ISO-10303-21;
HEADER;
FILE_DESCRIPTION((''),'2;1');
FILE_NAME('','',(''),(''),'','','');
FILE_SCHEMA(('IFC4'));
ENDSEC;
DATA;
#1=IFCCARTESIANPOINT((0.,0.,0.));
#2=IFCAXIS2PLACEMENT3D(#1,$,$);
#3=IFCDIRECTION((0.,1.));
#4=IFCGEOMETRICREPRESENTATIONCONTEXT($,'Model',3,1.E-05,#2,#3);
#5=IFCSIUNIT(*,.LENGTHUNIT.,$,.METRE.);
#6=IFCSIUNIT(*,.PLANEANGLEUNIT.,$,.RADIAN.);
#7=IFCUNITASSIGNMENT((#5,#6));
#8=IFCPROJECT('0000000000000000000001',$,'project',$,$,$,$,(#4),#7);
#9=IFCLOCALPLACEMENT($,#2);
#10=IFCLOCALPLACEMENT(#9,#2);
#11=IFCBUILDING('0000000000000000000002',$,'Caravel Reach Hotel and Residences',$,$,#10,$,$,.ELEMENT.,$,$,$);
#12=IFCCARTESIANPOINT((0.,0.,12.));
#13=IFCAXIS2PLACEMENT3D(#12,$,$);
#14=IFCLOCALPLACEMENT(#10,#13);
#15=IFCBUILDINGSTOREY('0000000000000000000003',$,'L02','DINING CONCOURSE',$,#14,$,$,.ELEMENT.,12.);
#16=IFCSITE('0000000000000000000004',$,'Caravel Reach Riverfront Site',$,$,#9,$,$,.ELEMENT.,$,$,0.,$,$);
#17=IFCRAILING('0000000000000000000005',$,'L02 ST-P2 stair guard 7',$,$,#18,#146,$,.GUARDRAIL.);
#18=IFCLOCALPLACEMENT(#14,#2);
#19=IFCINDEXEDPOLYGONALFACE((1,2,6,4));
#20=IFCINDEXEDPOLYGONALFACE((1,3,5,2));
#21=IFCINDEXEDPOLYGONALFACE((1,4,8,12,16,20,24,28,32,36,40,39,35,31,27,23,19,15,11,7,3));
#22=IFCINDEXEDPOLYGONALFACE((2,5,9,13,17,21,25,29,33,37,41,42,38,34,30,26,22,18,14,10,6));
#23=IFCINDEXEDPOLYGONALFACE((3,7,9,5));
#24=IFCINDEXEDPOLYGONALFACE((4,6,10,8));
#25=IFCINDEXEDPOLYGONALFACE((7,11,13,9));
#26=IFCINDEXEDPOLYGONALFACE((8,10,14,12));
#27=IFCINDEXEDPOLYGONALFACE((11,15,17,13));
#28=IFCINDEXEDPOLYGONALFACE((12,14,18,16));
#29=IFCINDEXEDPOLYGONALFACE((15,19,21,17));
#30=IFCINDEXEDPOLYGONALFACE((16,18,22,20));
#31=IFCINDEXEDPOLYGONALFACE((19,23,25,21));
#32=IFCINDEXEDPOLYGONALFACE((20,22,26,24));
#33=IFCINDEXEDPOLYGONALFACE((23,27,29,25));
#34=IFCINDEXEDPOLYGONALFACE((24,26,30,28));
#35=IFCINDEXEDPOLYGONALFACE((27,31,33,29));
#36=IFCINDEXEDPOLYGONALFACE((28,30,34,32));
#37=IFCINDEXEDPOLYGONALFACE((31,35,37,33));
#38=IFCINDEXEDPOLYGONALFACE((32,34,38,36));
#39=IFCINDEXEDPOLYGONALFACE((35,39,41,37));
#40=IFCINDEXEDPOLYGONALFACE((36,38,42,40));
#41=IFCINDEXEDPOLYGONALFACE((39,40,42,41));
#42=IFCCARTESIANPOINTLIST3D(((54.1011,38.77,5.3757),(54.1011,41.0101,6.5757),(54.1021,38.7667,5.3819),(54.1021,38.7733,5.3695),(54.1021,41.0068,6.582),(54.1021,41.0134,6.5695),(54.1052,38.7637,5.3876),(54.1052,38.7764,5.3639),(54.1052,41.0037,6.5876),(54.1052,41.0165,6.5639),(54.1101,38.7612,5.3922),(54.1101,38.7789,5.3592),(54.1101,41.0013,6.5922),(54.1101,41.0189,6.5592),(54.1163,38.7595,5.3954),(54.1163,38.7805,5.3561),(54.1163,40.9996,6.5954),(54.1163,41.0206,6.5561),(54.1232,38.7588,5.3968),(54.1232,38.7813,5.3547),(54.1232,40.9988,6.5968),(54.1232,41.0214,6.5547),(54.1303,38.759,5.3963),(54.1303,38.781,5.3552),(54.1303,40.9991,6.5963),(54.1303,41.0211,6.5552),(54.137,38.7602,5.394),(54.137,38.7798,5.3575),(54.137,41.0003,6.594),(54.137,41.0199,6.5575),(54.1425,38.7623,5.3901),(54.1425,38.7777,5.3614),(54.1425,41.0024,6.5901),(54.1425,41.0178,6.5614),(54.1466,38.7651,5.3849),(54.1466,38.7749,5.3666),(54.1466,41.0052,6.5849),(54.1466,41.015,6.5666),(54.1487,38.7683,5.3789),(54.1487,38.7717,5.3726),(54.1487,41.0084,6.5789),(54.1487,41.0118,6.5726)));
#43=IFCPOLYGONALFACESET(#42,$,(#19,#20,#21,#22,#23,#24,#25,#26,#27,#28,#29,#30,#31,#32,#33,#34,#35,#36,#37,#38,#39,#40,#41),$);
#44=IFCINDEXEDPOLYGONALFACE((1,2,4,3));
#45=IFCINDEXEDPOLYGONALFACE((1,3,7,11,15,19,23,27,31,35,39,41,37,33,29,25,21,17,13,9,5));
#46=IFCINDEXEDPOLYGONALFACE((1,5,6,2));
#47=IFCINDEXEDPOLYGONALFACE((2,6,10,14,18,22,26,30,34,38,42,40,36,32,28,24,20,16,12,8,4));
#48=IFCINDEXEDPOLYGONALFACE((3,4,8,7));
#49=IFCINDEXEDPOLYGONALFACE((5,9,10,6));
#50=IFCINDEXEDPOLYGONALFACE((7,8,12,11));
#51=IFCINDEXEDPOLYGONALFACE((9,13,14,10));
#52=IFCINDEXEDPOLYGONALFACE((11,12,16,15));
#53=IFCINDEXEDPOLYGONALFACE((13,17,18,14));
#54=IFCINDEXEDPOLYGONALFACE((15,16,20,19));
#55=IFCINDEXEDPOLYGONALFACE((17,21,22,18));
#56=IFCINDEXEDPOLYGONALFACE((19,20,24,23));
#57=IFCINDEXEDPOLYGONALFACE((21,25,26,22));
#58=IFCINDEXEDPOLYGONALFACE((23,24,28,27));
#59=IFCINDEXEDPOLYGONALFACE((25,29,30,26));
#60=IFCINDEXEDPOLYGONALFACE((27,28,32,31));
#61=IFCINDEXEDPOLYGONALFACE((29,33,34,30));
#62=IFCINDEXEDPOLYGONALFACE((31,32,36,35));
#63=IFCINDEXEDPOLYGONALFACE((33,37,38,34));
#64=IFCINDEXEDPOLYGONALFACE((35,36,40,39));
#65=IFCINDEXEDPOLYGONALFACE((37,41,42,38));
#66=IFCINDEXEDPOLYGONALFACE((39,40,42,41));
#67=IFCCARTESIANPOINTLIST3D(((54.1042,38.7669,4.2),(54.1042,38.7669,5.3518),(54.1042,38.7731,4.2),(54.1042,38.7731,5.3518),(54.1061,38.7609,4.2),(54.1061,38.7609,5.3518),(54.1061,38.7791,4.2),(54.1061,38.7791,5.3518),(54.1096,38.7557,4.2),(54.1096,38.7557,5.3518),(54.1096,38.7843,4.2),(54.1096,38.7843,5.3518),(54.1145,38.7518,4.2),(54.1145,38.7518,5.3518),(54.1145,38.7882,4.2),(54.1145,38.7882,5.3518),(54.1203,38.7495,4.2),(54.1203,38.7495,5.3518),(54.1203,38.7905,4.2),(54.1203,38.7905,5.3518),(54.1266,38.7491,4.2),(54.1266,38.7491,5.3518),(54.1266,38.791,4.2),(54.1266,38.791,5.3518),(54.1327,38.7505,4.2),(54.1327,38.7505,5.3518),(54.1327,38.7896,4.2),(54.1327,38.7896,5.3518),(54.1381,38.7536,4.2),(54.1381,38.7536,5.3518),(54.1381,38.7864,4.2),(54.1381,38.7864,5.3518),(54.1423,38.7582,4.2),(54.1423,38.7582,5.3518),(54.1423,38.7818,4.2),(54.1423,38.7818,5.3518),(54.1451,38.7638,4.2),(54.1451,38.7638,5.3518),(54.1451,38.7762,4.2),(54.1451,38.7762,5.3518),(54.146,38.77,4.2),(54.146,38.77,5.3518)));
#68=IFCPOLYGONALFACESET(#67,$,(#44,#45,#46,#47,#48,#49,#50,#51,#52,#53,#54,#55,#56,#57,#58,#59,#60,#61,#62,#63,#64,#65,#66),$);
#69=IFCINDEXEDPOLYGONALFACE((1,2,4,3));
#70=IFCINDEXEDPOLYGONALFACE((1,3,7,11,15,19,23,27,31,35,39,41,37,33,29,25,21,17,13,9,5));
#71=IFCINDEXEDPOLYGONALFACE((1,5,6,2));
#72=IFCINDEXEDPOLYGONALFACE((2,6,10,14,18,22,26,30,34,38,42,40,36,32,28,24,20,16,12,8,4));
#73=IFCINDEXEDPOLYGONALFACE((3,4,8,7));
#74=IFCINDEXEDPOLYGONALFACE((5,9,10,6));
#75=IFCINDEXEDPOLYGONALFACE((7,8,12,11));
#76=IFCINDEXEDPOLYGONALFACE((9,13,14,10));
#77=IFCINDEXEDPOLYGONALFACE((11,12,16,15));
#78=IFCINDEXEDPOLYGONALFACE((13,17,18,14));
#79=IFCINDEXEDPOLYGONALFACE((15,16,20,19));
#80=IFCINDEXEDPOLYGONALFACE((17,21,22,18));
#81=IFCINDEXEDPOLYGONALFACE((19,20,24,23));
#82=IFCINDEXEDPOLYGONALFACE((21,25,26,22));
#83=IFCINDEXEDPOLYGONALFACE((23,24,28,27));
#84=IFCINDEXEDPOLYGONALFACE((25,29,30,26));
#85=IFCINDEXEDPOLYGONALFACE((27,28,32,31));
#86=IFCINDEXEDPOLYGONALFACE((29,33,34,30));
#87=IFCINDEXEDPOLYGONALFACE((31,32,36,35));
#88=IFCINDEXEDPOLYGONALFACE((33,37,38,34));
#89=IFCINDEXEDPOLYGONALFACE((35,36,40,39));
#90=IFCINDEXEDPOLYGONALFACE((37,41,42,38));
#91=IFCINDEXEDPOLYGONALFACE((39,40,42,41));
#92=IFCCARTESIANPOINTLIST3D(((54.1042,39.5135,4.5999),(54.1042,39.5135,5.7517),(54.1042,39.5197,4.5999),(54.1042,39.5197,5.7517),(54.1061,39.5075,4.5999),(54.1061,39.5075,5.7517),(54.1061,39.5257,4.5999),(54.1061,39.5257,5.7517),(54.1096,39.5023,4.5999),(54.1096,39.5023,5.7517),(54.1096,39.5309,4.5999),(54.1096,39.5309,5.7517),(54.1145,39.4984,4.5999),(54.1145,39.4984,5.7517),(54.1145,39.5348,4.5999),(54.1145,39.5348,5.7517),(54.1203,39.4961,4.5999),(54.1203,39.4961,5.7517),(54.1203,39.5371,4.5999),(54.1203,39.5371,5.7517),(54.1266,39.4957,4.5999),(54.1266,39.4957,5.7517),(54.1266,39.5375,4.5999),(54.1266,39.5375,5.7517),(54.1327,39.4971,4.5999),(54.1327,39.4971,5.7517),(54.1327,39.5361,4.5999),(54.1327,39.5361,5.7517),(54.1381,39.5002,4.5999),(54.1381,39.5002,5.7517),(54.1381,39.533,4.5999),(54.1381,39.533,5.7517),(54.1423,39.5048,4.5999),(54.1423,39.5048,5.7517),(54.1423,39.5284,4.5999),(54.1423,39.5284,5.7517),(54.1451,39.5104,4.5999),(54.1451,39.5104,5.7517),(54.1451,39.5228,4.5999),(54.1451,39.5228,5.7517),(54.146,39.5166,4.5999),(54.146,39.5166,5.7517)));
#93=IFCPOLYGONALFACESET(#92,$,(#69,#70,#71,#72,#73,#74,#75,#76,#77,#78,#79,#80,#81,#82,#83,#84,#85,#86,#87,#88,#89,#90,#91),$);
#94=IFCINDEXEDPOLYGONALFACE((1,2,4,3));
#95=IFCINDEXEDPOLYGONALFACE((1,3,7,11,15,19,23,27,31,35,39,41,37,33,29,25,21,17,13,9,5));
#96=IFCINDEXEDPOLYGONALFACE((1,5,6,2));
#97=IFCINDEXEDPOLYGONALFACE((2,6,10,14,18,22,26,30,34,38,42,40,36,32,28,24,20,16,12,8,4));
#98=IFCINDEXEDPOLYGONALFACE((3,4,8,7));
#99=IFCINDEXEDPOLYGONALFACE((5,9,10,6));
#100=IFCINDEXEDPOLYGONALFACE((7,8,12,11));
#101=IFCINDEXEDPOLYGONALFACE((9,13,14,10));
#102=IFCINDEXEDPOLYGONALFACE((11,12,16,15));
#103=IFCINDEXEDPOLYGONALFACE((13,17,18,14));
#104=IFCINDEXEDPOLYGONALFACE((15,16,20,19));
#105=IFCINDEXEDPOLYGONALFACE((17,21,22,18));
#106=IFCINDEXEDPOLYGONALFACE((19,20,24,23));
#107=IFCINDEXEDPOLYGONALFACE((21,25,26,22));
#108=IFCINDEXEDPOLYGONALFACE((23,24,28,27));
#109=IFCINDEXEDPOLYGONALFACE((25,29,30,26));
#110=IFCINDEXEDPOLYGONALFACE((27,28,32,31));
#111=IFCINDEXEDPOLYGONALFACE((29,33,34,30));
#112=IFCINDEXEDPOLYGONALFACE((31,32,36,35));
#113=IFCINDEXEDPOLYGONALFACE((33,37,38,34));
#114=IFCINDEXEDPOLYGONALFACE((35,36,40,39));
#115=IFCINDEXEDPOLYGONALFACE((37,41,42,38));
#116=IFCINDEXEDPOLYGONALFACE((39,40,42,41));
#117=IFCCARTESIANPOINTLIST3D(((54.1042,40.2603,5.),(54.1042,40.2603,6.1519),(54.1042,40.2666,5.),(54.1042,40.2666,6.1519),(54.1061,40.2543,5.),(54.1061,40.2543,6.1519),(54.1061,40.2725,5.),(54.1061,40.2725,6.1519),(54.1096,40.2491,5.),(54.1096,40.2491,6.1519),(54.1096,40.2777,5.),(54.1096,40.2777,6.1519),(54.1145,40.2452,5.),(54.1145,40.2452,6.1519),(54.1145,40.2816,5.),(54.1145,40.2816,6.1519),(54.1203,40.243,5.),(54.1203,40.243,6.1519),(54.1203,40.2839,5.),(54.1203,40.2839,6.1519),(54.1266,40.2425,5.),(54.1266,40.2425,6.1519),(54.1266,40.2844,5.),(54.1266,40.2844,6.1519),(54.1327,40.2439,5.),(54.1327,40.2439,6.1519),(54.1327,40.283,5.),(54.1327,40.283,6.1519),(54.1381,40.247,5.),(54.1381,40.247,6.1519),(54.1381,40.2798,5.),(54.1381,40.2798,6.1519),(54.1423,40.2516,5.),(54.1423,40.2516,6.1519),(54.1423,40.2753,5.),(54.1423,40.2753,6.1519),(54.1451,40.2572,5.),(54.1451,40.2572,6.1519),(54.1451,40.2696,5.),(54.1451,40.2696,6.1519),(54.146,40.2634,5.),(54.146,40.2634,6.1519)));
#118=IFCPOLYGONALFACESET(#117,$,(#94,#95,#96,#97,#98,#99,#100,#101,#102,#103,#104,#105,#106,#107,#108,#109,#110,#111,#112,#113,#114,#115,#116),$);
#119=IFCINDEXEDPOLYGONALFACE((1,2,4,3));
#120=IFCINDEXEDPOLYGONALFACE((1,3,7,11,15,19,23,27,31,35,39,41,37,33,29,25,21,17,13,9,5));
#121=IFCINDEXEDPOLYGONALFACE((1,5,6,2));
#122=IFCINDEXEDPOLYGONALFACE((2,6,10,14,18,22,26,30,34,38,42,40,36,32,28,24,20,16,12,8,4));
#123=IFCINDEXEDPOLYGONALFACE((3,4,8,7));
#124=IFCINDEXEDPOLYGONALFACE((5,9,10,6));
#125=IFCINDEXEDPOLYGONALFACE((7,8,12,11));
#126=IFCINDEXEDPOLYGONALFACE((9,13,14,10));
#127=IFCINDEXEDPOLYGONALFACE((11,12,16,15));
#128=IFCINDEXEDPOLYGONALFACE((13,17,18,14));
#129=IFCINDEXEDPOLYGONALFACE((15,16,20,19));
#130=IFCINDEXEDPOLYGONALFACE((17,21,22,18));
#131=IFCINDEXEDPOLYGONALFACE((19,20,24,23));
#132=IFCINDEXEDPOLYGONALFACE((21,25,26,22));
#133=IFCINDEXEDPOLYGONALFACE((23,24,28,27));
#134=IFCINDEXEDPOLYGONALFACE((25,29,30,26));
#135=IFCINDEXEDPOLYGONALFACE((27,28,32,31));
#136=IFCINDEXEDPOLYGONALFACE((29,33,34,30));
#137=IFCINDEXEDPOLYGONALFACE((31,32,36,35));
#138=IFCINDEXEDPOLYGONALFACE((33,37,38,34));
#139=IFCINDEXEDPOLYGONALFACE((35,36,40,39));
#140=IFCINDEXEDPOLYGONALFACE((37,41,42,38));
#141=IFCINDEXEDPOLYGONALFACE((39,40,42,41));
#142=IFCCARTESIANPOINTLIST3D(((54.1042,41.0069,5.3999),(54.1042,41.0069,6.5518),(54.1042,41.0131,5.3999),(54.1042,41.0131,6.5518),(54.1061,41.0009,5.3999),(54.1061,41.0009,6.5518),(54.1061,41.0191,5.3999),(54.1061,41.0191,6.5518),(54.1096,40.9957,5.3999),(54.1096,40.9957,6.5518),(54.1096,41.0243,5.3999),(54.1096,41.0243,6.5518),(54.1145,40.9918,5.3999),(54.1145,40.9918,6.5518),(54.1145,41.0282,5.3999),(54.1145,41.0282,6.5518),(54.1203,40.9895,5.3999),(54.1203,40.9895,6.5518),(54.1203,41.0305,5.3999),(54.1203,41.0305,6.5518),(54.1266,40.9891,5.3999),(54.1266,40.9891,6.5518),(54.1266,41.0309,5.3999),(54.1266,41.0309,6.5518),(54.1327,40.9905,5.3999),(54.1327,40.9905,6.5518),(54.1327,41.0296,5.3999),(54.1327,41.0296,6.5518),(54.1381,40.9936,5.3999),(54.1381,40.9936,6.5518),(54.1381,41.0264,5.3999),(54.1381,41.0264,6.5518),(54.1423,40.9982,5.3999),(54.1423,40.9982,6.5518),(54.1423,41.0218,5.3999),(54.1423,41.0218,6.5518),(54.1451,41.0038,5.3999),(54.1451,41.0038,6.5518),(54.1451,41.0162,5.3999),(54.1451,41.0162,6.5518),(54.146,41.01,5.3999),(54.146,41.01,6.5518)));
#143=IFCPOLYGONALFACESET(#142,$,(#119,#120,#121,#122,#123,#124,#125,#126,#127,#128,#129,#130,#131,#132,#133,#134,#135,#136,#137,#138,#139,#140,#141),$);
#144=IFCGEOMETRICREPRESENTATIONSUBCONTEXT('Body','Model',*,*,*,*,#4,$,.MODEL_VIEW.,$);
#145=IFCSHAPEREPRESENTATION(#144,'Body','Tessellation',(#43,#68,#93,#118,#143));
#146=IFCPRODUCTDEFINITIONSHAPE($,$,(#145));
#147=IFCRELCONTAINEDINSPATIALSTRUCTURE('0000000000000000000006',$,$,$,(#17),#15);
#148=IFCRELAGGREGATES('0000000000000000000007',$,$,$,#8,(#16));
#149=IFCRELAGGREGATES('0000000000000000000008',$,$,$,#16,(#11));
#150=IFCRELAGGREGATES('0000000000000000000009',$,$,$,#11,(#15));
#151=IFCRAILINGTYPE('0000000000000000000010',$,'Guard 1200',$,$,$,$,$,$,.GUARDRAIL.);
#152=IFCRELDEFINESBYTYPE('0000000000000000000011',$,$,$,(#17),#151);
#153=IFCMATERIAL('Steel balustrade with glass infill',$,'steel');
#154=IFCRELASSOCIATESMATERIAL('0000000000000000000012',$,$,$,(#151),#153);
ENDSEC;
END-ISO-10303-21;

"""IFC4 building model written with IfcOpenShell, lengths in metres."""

from ifc_helpers import new_model, si_unit, direction, frame, origin, origin_2d, place, context, subcontext, project, spatial, circle, extrude, material, type_object, element, save


model = new_model("IFC4")

# Units and contexts
model_context = context("Model", 3, precision=1e-05, world=origin(), true_north=direction((0.0, 1.0)))
body_context = subcontext(model_context, "Body", "Model", "MODEL_VIEW")
ifc_project = project(units=[si_unit("LENGTHUNIT", "METRE"), si_unit("PLANEANGLEUNIT", "RADIAN")], contexts=[model_context])

# Site, building, storey
site_placement = place(None, origin())
site = spatial("IfcSite", under=ifc_project, at=site_placement, Name="Caravel Reach Riverfront Site", CompositionType="ELEMENT", RefElevation=0.0)
building_placement = place(site_placement, origin())
building = spatial("IfcBuilding", under=site, at=building_placement, Name="Caravel Reach Hotel and Residences", CompositionType="ELEMENT")
storey_placement = place(building_placement, frame((0.0, 0.0, 12.0)))
storey = spatial("IfcBuildingStorey", under=building, at=storey_placement, Name="L02", Description="DINING CONCOURSE", CompositionType="ELEMENT", Elevation=12.0)

# Railing
ifc_material_1 = material(Name="Steel balustrade with glass infill", Category="steel")
railing_type_1 = type_object("IfcRailingType", Name="Guard 1200", PredefinedType="GUARDRAIL", material=ifc_material_1)
railing_1_placement = place(storey_placement, frame((54.125, 38.77, 4.2)))
element("IfcRailing", 1, at=railing_1_placement, inside=storey, type_object=railing_type_1, Name="L02 ST-P2 stair guard 7", PredefinedType="GUARDRAIL", context=body_context, shape_type="SweptSolid", body=[
    extrude(circle(Radius=0.0239, at=origin_2d()), frame((0.0, 0.0, 1.1758), z_axis=(0.0, 0.881487, 0.472208), x_axis=(-1.0, 0.0, 0.0)), (0.0, 0.0, 1.0), 2.5413),
    extrude(circle(Radius=0.021, at=origin_2d()), origin(), (0.0, 0.0, 1.0), 1.1519),
    extrude(circle(Radius=0.021, at=origin_2d()), frame((0.0, 0.7466, 0.3999)), (0.0, 0.0, 1.0), 1.1519),
    extrude(circle(Radius=0.021, at=origin_2d()), frame((0.0, 1.4934, 0.8)), (0.0, 0.0, 1.0), 1.1519),
    extrude(circle(Radius=0.021, at=origin_2d()), frame((0.0, 2.24, 1.2)), (0.0, 0.0, 1.0), 1.1519),
])

save(model, "model.ifc")
